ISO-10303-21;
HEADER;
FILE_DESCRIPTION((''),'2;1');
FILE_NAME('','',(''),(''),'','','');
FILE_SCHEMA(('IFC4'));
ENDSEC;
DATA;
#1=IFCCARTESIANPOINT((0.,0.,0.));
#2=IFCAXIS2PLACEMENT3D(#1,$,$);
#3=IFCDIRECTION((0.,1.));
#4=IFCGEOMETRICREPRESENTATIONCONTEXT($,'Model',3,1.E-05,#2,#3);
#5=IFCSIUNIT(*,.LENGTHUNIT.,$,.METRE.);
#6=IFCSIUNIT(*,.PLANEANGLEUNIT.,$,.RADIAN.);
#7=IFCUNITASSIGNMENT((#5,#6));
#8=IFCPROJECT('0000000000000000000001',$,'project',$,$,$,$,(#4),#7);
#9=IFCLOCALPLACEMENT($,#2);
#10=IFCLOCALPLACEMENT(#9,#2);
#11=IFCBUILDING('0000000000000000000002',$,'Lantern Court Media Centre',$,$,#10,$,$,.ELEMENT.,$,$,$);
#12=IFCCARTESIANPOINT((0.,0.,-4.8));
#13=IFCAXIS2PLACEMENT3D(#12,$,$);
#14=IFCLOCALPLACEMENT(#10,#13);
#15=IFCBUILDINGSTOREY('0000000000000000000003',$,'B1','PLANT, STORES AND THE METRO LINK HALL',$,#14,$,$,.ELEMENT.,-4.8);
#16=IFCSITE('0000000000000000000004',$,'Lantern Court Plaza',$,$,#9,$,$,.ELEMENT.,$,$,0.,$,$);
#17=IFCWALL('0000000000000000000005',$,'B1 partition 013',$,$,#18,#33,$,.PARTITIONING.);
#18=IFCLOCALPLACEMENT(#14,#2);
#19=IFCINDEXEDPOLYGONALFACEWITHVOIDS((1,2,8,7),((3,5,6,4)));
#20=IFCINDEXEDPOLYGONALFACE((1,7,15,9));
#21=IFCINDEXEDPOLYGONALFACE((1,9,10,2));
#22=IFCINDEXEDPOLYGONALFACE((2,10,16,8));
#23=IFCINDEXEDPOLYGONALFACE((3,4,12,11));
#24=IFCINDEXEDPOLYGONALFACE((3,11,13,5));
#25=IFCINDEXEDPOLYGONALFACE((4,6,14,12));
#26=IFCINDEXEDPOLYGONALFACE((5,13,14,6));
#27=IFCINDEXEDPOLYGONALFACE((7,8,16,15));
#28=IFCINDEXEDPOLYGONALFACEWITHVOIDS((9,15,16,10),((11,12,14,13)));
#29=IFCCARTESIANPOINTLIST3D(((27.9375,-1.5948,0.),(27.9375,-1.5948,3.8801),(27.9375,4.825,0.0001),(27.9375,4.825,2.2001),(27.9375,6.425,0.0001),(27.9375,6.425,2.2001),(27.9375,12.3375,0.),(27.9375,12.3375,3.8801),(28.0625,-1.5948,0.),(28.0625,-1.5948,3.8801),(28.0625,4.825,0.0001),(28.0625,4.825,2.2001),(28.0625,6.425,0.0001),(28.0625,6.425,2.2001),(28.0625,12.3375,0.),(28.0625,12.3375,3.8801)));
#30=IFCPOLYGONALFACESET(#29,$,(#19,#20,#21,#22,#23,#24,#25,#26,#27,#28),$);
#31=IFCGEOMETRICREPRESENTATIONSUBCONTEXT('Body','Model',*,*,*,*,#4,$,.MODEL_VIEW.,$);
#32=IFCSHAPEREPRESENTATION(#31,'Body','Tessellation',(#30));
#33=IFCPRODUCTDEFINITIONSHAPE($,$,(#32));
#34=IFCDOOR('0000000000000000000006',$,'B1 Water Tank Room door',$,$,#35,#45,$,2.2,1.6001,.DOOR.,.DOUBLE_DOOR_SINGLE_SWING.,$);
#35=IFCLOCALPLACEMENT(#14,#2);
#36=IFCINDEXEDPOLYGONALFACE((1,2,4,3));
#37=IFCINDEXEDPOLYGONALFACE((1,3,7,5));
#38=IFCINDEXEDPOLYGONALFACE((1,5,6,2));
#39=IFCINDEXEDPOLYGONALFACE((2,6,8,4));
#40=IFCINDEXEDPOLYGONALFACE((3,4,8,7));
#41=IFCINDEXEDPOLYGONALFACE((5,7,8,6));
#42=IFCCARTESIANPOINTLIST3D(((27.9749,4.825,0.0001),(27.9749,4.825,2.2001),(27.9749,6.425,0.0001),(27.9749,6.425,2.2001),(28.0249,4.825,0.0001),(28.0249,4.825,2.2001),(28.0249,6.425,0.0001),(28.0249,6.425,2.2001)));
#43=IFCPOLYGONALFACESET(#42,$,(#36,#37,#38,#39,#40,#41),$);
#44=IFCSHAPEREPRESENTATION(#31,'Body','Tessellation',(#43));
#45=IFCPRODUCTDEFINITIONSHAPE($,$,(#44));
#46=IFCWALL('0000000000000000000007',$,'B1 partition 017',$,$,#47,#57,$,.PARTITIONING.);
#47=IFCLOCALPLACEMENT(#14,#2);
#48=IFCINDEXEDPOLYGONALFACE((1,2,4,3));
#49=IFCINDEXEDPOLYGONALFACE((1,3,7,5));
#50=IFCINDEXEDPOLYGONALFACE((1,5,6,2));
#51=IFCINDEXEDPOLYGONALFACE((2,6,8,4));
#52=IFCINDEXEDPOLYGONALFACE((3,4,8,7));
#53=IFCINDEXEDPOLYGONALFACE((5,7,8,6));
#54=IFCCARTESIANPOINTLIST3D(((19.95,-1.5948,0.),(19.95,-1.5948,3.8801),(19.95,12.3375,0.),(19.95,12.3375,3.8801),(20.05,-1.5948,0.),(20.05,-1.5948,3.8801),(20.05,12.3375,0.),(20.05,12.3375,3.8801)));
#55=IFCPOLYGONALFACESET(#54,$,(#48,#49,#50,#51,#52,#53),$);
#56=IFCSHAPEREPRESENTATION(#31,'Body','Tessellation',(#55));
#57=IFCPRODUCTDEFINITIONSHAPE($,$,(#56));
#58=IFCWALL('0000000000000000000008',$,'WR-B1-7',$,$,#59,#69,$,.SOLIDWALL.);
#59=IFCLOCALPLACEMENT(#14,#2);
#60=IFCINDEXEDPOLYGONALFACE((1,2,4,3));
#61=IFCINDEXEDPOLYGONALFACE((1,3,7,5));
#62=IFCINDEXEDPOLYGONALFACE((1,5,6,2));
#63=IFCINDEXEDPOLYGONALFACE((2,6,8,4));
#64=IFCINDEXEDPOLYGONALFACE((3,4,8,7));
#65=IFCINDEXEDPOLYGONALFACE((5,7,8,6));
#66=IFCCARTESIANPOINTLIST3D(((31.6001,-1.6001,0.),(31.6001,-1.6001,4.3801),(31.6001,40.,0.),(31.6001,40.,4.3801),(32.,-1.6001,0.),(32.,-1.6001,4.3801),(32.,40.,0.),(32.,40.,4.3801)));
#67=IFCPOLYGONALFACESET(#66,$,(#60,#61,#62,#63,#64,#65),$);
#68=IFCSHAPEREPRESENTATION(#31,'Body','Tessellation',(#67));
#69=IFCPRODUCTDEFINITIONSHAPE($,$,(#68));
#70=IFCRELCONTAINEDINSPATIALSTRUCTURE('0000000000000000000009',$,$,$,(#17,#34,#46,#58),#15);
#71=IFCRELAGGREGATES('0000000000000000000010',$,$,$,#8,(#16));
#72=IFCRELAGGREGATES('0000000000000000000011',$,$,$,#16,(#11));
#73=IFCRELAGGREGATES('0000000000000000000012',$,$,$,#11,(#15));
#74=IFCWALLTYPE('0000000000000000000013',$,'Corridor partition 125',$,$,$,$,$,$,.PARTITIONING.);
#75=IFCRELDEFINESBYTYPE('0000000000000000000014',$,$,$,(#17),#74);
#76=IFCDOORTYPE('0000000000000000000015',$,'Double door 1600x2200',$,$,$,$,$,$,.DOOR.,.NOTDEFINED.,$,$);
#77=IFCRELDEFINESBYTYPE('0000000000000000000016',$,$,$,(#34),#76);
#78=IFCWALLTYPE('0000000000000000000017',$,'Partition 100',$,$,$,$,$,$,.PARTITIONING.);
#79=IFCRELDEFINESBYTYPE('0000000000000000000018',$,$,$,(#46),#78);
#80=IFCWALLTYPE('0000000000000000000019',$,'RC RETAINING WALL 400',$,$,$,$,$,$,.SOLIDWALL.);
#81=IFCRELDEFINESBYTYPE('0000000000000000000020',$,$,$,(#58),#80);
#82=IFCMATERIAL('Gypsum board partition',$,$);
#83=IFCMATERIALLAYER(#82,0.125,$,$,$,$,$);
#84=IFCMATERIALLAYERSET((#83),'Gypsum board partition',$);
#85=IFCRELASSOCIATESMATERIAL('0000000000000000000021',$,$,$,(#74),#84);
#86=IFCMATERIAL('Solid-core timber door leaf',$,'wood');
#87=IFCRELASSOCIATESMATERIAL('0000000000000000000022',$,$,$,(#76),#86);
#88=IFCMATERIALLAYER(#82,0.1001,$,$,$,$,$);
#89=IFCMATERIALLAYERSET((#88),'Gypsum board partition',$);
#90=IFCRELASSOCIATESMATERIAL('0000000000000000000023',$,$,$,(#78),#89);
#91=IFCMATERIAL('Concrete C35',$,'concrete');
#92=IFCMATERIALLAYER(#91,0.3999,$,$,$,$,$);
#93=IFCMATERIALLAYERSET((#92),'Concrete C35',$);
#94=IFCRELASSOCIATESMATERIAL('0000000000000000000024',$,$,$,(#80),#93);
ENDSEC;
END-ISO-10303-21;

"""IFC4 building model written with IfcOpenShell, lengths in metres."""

from ifc_helpers import new_model, si_unit, direction, frame, frame_2d, origin, place, context, subcontext, project, spatial, rectangle, extrude, material, layer, layer_set, type_object, element, fill, save


model = new_model("IFC4")

# Units and contexts
model_context = context("Model", 3, precision=1e-05, world=origin(), true_north=direction((0.0, 1.0)))
body_context = subcontext(model_context, "Body", "Model", "MODEL_VIEW")
ifc_project = project(units=[si_unit("LENGTHUNIT", "METRE"), si_unit("PLANEANGLEUNIT", "RADIAN")], contexts=[model_context])

# Site, building, storey
site_placement = place(None, origin())
site = spatial("IfcSite", under=ifc_project, at=site_placement, Name="Lantern Court Plaza", CompositionType="ELEMENT", RefElevation=0.0)
building_placement = place(site_placement, origin())
building = spatial("IfcBuilding", under=site, at=building_placement, Name="Lantern Court Media Centre", CompositionType="ELEMENT")
storey_placement = place(building_placement, frame((0.0, 0.0, -4.8)))
storey = spatial("IfcBuildingStorey", under=building, at=storey_placement, Name="B1", Description="PLANT, STORES AND THE METRO LINK HALL", CompositionType="ELEMENT", Elevation=-4.8)

# Shared definitions
ifc_material_1 = material(Name="Concrete C35", Category="concrete")

# Wall, opening, door
ifc_material_2 = material(Name="Gypsum board partition")
ifc_layer_1 = layer(ifc_material_2, 0.125)
ifc_layer_set_1 = layer_set([ifc_layer_1], Name="Gypsum board partition")
wall_type_1 = type_object("IfcWallType", Name="Corridor partition 125", PredefinedType="PARTITIONING", material=ifc_layer_set_1)
wall_1_placement = place(storey_placement, frame((28.0, -1.595, 0.0), z_axis=(0.0, 0.0, 1.0), x_axis=(0.0, 1.0, 0.0)))
wall_1 = element("IfcWall", 1, at=wall_1_placement, inside=storey, type_object=wall_type_1, Name="B1 partition 013", PredefinedType="PARTITIONING", context=body_context, shape_type="SweptSolid", body=[
    extrude(rectangle(XDim=13.9324, YDim=0.125, at=frame_2d((6.9663, 0.0))), origin(), (0.0, 0.0, 1.0), 3.8801),
])
opening_placement = place(wall_1_placement, frame((6.4199, 0.0, 0.0)))
opening = element("IfcOpeningElement", 2, at=opening_placement, cuts=wall_1, PredefinedType="OPENING", context=body_context, shape_type="SweptSolid", body=[
    extrude(rectangle(XDim=1.6001, YDim=2.2, at=frame_2d((0.8, 1.1001))), frame((0.0, 0.0725, 0.0), z_axis=(0.0, -1.0, 0.0), x_axis=(1.0, 0.0, 0.0)), (0.0, 0.0, 1.0), 0.145),
])
ifc_material_3 = material(Name="Solid-core timber door leaf", Category="wood")
door_type = type_object("IfcDoorType", Name="Double door 1600x2200", OperationType="NOTDEFINED", PredefinedType="DOOR", material=ifc_material_3)
door_placement = place(opening_placement, frame((1.6001, 0.0, 0.0), z_axis=(0.0, 0.0, 1.0), x_axis=(-1.0, 0.0, 0.0)))
door = element("IfcDoor", 3, at=door_placement, inside=storey, type_object=door_type, Name="B1 Water Tank Room door", OperationType="DOUBLE_DOOR_SINGLE_SWING", OverallHeight=2.2, OverallWidth=1.6001, PredefinedType="DOOR", context=body_context, shape_type="SweptSolid", body=[
    extrude(rectangle(XDim=1.6001, YDim=2.2, at=frame_2d((0.8, 1.1001))), frame((0.0, 0.0249, 0.0), z_axis=(0.0, -1.0, 0.0), x_axis=(1.0, 0.0, 0.0)), (0.0, 0.0, 1.0), 0.05),
])
fill(opening, door)

# Walls
ifc_layer_2 = layer(ifc_material_2, 0.1001)
ifc_layer_set_2 = layer_set([ifc_layer_2], Name="Gypsum board partition")
wall_type_2 = type_object("IfcWallType", Name="Partition 100", PredefinedType="PARTITIONING", material=ifc_layer_set_2)
wall_2_placement = place(storey_placement, frame((20.0, -1.595, 0.0), z_axis=(0.0, 0.0, 1.0), x_axis=(0.0, 1.0, 0.0)))
element("IfcWall", 4, at=wall_2_placement, inside=storey, type_object=wall_type_2, Name="B1 partition 017", PredefinedType="PARTITIONING", context=body_context, shape_type="SweptSolid", body=[
    extrude(rectangle(XDim=13.9324, YDim=0.1001, at=frame_2d((6.9663, 0.0))), origin(), (0.0, 0.0, 1.0), 3.8801),
])
ifc_layer_3 = layer(ifc_material_1, 0.3999)
ifc_layer_set_3 = layer_set([ifc_layer_3], Name="Concrete C35")
wall_type_3 = type_object("IfcWallType", Name="RC RETAINING WALL 400", PredefinedType="SOLIDWALL", material=ifc_layer_set_3)
wall_3_placement = place(storey_placement, frame((31.8, -1.6001, 0.0), z_axis=(0.0, 0.0, 1.0), x_axis=(0.0, 1.0, 0.0)))
element("IfcWall", 5, at=wall_3_placement, inside=storey, type_object=wall_type_3, Name="WR-B1-7", PredefinedType="SOLIDWALL", context=body_context, shape_type="SweptSolid", body=[
    extrude(rectangle(XDim=41.6001, YDim=0.3999, at=frame_2d((20.8, 0.0))), origin(), (0.0, 0.0, 1.0), 4.3801),
])

save(model, "model.ifc")
